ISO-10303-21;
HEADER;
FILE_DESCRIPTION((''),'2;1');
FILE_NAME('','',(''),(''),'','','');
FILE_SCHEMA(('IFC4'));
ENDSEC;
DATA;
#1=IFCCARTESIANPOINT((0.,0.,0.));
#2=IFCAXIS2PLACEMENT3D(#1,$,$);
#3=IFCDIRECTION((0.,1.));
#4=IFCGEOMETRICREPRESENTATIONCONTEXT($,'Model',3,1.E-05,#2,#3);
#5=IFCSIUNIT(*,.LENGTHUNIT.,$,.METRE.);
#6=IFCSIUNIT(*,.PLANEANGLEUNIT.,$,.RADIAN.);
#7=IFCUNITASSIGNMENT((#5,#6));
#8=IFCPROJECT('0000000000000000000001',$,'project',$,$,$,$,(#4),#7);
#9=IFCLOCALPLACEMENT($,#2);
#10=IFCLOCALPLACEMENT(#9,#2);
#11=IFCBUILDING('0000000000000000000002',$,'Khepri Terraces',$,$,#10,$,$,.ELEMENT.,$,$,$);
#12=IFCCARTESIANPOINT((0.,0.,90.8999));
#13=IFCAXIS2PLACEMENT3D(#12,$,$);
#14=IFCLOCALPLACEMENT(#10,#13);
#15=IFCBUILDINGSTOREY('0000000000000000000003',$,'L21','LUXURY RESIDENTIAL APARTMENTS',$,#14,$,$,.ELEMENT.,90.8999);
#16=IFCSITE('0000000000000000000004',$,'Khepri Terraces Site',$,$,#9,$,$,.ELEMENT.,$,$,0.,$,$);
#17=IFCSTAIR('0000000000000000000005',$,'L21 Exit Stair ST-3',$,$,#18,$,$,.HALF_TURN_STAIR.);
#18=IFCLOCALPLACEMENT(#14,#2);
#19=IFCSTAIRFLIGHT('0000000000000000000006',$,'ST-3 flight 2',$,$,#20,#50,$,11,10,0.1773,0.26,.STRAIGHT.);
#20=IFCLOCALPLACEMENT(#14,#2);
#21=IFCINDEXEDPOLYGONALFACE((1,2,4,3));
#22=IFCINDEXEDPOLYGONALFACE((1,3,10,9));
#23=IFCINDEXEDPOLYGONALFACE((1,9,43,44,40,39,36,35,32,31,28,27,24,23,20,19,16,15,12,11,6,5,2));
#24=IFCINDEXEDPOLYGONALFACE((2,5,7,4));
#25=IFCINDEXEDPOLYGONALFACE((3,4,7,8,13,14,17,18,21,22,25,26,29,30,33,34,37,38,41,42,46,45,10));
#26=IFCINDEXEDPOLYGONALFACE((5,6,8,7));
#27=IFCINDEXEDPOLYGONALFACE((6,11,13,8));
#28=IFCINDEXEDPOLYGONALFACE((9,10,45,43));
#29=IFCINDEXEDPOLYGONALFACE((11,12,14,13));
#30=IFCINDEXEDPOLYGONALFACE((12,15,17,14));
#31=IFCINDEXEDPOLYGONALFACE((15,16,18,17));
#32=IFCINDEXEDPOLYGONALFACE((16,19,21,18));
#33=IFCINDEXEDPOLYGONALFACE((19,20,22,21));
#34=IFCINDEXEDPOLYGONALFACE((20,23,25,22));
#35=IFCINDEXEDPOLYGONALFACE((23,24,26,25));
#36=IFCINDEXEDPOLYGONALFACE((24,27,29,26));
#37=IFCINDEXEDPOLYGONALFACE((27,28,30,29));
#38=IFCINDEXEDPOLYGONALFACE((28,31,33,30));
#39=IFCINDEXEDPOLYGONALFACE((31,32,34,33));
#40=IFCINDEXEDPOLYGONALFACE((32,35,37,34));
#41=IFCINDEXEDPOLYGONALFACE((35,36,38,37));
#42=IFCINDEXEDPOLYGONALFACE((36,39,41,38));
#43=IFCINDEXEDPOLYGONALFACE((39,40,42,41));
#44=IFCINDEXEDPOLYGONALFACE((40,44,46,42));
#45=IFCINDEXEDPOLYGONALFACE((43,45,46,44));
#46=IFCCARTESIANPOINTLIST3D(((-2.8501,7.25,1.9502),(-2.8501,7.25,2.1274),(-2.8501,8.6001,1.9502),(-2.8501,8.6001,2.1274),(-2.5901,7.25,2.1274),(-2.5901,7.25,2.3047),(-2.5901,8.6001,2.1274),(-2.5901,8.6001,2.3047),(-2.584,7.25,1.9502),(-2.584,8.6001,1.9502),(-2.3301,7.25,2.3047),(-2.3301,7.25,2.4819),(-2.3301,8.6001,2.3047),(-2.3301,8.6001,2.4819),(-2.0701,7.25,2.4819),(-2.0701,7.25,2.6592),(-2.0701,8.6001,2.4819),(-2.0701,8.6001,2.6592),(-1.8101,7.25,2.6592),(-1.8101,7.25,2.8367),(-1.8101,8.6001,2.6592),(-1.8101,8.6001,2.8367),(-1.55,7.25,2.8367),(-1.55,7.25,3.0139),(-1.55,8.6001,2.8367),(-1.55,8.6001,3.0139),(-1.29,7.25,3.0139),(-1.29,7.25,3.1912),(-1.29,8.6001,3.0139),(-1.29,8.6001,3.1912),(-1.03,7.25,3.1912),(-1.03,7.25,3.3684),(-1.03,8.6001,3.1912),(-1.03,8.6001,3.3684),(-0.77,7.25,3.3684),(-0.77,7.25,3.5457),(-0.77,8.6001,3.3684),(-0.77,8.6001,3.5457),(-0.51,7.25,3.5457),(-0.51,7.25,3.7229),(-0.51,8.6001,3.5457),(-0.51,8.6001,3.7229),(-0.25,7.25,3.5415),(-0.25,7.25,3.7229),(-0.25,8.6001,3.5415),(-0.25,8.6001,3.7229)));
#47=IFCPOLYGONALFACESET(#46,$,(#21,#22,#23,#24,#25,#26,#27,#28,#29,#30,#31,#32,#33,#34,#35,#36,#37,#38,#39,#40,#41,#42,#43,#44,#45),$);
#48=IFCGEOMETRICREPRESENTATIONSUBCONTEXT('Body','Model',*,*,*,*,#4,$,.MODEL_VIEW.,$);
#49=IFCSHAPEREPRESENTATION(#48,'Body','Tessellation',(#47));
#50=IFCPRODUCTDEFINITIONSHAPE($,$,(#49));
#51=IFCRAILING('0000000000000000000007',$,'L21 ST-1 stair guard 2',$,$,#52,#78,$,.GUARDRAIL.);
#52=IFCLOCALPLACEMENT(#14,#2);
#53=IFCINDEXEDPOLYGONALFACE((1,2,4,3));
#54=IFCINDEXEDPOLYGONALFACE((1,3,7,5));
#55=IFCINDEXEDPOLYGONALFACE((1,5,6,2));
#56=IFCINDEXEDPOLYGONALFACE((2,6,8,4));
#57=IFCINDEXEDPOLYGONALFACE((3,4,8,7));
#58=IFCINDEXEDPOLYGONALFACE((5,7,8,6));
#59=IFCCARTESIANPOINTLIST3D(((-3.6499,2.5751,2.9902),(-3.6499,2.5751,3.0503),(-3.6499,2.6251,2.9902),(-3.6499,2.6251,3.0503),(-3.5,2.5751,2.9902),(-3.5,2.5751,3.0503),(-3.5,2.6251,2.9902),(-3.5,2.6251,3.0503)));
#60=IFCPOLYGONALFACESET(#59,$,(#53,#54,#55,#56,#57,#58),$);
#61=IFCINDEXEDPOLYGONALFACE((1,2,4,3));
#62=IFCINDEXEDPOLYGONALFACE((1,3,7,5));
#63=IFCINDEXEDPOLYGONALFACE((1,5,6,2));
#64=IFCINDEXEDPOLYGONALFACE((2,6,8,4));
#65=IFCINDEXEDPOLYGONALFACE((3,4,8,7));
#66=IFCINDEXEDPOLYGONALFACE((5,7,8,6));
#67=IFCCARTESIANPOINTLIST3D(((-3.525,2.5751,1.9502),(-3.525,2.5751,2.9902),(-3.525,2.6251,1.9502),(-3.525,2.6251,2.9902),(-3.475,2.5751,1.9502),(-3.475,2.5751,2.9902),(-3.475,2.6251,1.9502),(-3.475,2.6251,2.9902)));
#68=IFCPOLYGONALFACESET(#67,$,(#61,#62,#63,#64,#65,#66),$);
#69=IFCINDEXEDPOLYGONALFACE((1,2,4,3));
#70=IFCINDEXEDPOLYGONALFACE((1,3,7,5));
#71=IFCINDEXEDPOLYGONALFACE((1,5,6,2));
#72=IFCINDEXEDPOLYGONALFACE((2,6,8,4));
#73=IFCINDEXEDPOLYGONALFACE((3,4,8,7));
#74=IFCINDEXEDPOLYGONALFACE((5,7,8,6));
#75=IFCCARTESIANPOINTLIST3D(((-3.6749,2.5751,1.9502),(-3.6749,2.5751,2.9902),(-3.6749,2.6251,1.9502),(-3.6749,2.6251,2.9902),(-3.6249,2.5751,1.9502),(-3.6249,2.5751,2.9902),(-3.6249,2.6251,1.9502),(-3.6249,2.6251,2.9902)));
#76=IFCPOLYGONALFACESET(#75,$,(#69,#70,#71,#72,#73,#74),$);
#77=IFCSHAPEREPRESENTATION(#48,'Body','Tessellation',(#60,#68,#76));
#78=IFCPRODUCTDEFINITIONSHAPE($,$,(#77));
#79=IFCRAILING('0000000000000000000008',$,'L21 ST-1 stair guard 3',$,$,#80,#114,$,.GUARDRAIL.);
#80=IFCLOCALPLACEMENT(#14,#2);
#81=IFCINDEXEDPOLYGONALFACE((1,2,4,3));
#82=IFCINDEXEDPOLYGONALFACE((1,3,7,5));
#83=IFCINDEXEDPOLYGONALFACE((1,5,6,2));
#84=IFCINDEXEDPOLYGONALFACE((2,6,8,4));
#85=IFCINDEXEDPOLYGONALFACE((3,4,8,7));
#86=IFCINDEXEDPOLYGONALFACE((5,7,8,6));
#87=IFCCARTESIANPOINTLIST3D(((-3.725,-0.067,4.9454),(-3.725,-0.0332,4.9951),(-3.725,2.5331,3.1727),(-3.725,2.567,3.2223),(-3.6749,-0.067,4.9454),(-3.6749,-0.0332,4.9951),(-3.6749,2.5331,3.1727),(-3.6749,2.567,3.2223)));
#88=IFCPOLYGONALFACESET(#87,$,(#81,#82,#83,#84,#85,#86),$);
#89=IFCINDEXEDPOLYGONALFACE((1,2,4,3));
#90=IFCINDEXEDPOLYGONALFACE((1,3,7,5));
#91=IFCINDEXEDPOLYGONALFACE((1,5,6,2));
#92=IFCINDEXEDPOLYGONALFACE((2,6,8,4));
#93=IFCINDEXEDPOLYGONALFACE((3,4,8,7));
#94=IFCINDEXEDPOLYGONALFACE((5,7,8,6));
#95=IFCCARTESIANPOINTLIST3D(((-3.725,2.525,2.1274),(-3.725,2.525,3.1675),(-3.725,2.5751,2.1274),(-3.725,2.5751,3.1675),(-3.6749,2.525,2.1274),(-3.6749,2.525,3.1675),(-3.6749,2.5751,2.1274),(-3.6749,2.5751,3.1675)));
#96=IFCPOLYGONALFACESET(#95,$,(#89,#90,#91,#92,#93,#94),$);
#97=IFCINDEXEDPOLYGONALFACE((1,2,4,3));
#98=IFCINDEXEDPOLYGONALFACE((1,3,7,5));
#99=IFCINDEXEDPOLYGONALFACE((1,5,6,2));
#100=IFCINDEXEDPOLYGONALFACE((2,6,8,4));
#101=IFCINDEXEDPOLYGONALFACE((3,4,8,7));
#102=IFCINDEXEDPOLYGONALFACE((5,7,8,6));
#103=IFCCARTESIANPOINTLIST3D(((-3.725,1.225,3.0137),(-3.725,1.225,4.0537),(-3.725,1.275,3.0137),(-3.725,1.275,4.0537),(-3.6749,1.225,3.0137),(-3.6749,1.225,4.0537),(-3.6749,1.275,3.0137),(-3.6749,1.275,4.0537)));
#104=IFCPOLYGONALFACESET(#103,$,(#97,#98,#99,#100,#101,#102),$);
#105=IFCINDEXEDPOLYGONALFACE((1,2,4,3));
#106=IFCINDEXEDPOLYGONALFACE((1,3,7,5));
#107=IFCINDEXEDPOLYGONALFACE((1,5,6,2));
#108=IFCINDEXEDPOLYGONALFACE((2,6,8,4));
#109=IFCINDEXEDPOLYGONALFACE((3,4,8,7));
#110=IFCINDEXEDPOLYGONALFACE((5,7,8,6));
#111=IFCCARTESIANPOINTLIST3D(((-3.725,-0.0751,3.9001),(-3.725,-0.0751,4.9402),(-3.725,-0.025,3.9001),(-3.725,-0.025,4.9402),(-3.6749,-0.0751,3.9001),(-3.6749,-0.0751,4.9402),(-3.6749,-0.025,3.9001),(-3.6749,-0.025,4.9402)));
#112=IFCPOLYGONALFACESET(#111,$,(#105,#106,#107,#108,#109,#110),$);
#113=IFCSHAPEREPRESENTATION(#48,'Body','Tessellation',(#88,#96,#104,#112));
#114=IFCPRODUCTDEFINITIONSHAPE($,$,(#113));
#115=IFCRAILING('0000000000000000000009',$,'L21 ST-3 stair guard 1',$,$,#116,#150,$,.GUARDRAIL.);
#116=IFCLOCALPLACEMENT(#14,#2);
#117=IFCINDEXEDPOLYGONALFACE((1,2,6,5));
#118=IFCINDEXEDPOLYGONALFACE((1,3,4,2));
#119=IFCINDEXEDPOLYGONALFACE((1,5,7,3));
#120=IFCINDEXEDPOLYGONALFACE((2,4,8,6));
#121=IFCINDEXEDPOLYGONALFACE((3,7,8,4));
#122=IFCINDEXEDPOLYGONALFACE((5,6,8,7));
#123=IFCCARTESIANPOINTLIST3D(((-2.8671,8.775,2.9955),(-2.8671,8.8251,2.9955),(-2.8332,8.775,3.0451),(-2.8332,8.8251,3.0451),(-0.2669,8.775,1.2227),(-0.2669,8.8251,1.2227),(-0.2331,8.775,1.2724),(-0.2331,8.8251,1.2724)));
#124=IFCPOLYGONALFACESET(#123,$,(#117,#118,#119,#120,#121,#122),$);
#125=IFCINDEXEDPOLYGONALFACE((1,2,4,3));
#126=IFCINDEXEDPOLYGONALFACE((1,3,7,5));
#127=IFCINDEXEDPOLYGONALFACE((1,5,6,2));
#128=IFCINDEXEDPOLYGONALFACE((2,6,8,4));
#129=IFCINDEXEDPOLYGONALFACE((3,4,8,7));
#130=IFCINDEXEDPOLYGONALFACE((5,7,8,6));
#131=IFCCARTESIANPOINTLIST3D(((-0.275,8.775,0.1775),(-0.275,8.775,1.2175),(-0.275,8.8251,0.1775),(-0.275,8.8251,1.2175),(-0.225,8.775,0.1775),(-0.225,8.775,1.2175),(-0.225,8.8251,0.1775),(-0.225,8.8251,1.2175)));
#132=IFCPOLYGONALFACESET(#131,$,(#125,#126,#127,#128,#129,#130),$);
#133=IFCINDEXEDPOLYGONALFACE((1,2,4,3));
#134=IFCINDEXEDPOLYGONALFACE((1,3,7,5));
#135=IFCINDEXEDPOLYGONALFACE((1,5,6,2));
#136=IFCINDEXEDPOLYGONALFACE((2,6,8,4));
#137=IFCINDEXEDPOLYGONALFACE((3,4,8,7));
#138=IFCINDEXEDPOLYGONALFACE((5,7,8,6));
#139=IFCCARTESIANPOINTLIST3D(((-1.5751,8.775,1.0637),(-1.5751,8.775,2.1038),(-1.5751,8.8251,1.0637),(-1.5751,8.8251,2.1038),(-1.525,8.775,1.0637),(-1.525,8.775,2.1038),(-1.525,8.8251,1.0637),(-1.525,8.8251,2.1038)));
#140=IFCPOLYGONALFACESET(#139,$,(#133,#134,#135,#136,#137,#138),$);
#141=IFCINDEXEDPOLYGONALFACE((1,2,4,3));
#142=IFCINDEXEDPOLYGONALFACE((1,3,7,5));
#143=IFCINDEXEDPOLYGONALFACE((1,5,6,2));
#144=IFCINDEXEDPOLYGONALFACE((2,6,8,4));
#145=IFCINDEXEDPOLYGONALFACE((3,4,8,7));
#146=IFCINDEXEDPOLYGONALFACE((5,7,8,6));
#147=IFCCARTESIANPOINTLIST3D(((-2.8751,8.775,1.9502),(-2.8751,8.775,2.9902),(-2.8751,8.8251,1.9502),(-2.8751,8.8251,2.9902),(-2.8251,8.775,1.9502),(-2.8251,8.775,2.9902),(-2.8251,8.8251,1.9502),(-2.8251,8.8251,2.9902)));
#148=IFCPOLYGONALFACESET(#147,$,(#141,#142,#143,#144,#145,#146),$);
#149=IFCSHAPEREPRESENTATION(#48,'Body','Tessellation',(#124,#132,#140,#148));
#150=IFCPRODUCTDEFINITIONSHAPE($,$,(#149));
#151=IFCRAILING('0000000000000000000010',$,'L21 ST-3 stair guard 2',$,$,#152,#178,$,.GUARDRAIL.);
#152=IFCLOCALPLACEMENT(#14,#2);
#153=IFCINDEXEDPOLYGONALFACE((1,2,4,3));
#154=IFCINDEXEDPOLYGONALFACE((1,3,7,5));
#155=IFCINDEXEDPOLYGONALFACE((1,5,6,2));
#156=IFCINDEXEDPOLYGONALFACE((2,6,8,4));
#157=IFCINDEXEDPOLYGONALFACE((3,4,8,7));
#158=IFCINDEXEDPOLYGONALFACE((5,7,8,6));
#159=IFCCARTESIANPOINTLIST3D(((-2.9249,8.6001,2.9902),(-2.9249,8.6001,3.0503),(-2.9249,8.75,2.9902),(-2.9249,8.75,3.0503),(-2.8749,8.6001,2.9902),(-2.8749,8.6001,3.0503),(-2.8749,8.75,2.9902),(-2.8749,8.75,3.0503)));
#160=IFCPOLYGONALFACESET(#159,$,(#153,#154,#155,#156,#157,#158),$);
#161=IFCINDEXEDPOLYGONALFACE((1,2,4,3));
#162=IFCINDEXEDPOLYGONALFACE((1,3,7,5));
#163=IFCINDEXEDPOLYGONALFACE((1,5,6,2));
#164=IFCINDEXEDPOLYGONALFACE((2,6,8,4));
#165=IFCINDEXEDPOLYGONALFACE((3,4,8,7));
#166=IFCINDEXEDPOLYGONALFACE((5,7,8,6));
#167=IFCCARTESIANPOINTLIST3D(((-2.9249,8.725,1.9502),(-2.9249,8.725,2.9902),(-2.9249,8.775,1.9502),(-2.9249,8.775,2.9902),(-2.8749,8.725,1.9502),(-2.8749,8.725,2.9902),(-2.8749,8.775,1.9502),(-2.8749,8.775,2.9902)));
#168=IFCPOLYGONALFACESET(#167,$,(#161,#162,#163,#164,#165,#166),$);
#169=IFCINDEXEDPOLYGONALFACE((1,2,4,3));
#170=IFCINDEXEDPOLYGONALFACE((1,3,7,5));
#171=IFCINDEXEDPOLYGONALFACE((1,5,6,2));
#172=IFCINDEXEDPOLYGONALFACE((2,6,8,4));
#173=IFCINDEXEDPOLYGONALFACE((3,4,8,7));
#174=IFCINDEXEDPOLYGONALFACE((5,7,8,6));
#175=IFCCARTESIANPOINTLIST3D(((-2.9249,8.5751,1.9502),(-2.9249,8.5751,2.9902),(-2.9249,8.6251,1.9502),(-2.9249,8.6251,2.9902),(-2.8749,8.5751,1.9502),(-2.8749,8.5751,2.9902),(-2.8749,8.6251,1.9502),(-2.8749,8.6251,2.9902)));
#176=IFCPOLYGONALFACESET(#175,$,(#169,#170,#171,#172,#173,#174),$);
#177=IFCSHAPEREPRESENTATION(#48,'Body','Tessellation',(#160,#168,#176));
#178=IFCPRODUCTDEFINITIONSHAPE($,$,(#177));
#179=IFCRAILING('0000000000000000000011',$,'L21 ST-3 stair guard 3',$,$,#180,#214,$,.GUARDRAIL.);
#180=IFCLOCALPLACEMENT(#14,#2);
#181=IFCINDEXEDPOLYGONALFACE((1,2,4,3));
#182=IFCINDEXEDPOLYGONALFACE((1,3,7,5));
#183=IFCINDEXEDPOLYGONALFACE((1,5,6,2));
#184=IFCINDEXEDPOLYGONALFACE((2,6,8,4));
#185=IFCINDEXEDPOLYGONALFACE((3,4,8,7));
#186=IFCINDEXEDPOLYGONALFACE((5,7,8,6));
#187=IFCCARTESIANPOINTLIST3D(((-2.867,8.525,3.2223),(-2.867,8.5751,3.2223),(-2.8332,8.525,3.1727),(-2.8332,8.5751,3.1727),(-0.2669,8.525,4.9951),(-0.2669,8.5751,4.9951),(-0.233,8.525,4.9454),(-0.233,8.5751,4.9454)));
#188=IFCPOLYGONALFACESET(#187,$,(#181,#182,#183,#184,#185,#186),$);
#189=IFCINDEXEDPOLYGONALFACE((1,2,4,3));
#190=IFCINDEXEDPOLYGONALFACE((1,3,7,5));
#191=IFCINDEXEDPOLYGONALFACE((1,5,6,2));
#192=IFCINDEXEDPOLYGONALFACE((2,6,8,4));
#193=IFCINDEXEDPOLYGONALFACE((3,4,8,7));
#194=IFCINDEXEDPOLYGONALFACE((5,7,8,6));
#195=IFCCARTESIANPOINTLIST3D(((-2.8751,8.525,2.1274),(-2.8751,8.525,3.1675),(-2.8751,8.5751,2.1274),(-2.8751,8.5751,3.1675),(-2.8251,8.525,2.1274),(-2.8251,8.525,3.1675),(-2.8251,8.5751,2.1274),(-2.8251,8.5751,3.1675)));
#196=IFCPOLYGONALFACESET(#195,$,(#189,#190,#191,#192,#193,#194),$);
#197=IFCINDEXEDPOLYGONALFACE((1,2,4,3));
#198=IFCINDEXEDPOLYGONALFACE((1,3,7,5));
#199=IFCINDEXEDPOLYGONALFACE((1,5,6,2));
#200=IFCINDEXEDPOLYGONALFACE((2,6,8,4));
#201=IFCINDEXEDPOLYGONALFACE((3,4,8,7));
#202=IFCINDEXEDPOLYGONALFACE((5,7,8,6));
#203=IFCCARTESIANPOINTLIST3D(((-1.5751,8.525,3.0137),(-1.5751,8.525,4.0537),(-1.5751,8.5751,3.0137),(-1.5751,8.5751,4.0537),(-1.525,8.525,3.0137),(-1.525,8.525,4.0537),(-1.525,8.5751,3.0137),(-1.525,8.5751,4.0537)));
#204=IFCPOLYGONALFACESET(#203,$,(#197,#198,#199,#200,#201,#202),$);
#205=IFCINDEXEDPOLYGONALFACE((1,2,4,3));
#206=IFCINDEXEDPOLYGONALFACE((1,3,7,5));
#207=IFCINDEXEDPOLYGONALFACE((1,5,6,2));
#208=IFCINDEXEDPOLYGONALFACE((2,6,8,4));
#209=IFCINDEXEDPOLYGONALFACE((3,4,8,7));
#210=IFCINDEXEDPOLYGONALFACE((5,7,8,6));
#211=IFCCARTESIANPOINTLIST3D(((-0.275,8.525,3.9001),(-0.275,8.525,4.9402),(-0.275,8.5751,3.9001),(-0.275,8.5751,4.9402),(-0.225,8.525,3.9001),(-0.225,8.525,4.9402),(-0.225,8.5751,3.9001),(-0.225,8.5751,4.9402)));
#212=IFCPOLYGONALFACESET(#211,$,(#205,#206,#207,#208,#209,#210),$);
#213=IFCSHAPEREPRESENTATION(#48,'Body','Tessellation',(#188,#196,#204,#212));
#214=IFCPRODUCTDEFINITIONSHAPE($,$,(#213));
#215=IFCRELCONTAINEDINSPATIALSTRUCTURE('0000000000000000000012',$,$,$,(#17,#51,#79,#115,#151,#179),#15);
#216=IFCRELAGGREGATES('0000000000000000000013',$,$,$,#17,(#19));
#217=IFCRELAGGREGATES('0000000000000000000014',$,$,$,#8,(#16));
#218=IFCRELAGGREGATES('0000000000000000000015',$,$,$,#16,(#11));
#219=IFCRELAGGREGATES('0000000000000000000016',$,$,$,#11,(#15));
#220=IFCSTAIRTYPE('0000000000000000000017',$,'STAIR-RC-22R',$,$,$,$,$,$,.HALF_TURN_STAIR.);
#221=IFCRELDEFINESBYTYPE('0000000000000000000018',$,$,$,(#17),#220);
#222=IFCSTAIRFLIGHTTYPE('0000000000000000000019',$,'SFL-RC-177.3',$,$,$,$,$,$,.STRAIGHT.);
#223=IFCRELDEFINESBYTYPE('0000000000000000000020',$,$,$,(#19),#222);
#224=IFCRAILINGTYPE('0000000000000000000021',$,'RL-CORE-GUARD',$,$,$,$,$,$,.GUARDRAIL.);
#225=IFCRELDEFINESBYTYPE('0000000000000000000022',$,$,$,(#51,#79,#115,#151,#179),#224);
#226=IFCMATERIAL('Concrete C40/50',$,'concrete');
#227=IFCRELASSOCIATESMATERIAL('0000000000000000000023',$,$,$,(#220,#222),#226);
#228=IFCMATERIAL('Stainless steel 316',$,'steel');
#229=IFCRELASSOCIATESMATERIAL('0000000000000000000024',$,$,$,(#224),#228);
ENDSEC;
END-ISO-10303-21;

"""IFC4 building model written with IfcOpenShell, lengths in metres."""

from ifc_helpers import new_model, si_unit, direction, frame, origin, origin_2d, place, context, subcontext, project, spatial, polyline, rectangle, outline, extrude, material, type_object, element, aggregate, save


model = new_model("IFC4")

# Units and contexts
model_context = context("Model", 3, precision=1e-05, world=origin(), true_north=direction((0.0, 1.0)))
body_context = subcontext(model_context, "Body", "Model", "MODEL_VIEW")
ifc_project = project(units=[si_unit("LENGTHUNIT", "METRE"), si_unit("PLANEANGLEUNIT", "RADIAN")], contexts=[model_context])

# Site, building, storey
site_placement = place(None, origin())
site = spatial("IfcSite", under=ifc_project, at=site_placement, Name="Khepri Terraces Site", CompositionType="ELEMENT", RefElevation=0.0)
building_placement = place(site_placement, origin())
building = spatial("IfcBuilding", under=site, at=building_placement, Name="Khepri Terraces", CompositionType="ELEMENT")
storey_placement = place(building_placement, frame((0.0, 0.0, 90.8999)))
storey = spatial("IfcBuildingStorey", under=building, at=storey_placement, Name="L21", Description="LUXURY RESIDENTIAL APARTMENTS", CompositionType="ELEMENT", Elevation=90.8999)

# Stair, stair flight
ifc_material_1 = material(Name="Concrete C40/50", Category="concrete")
stair_type = type_object("IfcStairType", Name="STAIR-RC-22R", PredefinedType="HALF_TURN_STAIR", material=ifc_material_1)
stair_flight_type = type_object("IfcStairFlightType", Name="SFL-RC-177.3", PredefinedType="STRAIGHT", material=ifc_material_1)
stair_1_placement = place(storey_placement, origin())
stair_1 = element("IfcStair", 1, at=stair_1_placement, inside=storey, type_object=stair_type, Name="L21 Exit Stair ST-3", PredefinedType="HALF_TURN_STAIR")
stair_flight_1_placement = place(storey_placement, frame((-2.8501, 7.925, 1.9502), z_axis=(0.0, 0.0, 1.0), x_axis=(1.0, 0.0, 0.0)))
stair_flight_1 = element("IfcStairFlight", 2, at=stair_flight_1_placement, type_object=stair_flight_type, Name="ST-3 flight 2", NumberOfRisers=11, NumberOfTreads=10, PredefinedType="STRAIGHT", RiserHeight=0.1773, TreadLength=0.26, context=body_context, shape_type="SweptSolid", body=[
    extrude(outline(polyline([(0.0, 0.0), (0.0, 0.1772), (0.26, 0.1772), (0.26, 0.3545), (0.52, 0.3545), (0.52, 0.5317), (0.78, 0.5317), (0.78, 0.709), (1.04, 0.709), (1.04, 0.8865), (1.3, 0.8865), (1.3, 1.0637), (1.5601, 1.0637), (1.5601, 1.241), (1.8201, 1.241), (1.8201, 1.4182), (2.0801, 1.4182), (2.0801, 1.5955), (2.3401, 1.5955), (2.3401, 1.7727), (2.6001, 1.7727), (2.6001, 1.95), (2.6001, 1.5913), (0.2661, 0.0), (0.0, 0.0)])), frame((0.0, 0.675, 0.0), z_axis=(0.0, -1.0, 0.0), x_axis=(1.0, 0.0, 0.0)), (0.0, 0.0, 1.0), 1.3501),
])
aggregate(stair_1, [stair_flight_1])

# Railings
ifc_material_2 = material(Name="Stainless steel 316", Category="steel")
railing_type_1 = type_object("IfcRailingType", Name="RL-CORE-GUARD", PredefinedType="GUARDRAIL", material=ifc_material_2)
railing_1_placement = place(storey_placement, frame((-3.5, 2.6001, 1.9502)))
element("IfcRailing", 3, at=railing_1_placement, inside=storey, type_object=railing_type_1, Name="L21 ST-1 stair guard 2", PredefinedType="GUARDRAIL", context=body_context, shape_type="SweptSolid", body=[
    extrude(rectangle(XDim=0.05, YDim=0.0601, at=origin_2d()), frame((0.0, 0.0, 1.0701), z_axis=(-1.0, 0.0, 0.0), x_axis=(0.0, -1.0, 0.0)), (0.0, 0.0, 1.0), 0.1499),
    extrude(rectangle(XDim=0.05, YDim=0.05, at=origin_2d()), origin(), (0.0, 0.0, 1.0), 1.04),
    extrude(rectangle(XDim=0.05, YDim=0.05, at=origin_2d()), frame((-0.1499, 0.0, 0.0)), (0.0, 0.0, 1.0), 1.04),
])
railing_2_placement = place(storey_placement, frame((-3.7, 2.55, 2.1274)))
element("IfcRailing", 4, at=railing_2_placement, inside=storey, type_object=railing_type_1, Name="L21 ST-1 stair guard 3", PredefinedType="GUARDRAIL", context=body_context, shape_type="SweptSolid", body=[
    extrude(rectangle(XDim=0.05, YDim=0.0601, at=origin_2d()), frame((0.0, 0.0, 1.0701), z_axis=(0.0, -0.82624, 0.563318), x_axis=(1.0, 0.0, 0.0)), (0.0, 0.0, 1.0), 3.147),
    extrude(rectangle(XDim=0.05, YDim=0.05, at=origin_2d()), origin(), (0.0, 0.0, 1.0), 1.04),
    extrude(rectangle(XDim=0.05, YDim=0.05, at=origin_2d()), frame((0.0, -1.3, 0.8862)), (0.0, 0.0, 1.0), 1.04),
    extrude(rectangle(XDim=0.05, YDim=0.05, at=origin_2d()), frame((0.0, -2.6001, 1.7727)), (0.0, 0.0, 1.0), 1.04),
])
railing_3_placement = place(storey_placement, frame((-0.25, 8.8, 0.1775)))
element("IfcRailing", 5, at=railing_3_placement, inside=storey, type_object=railing_type_1, Name="L21 ST-3 stair guard 1", PredefinedType="GUARDRAIL", context=body_context, shape_type="SweptSolid", body=[
    extrude(rectangle(XDim=0.05, YDim=0.0601, at=origin_2d()), frame((0.0, 0.0, 1.0701), z_axis=(-0.82624, 0.0, 0.563318), x_axis=(0.0, -1.0, 0.0)), (0.0, 0.0, 1.0), 3.147),
    extrude(rectangle(XDim=0.05, YDim=0.05, at=origin_2d()), origin(), (0.0, 0.0, 1.0), 1.04),
    extrude(rectangle(XDim=0.05, YDim=0.05, at=origin_2d()), frame((-1.3, 0.0, 0.8862)), (0.0, 0.0, 1.0), 1.04),
    extrude(rectangle(XDim=0.05, YDim=0.05, at=origin_2d()), frame((-2.6001, 0.0, 1.7727)), (0.0, 0.0, 1.0), 1.04),
])
railing_4_placement = place(storey_placement, frame((-2.8999, 8.75, 1.9502)))
element("IfcRailing", 6, at=railing_4_placement, inside=storey, type_object=railing_type_1, Name="L21 ST-3 stair guard 2", PredefinedType="GUARDRAIL", context=body_context, shape_type="SweptSolid", body=[
    extrude(rectangle(XDim=0.05, YDim=0.0601, at=origin_2d()), frame((0.0, 0.0, 1.0701), z_axis=(0.0, -1.0, 0.0), x_axis=(1.0, 0.0, 0.0)), (0.0, 0.0, 1.0), 0.1499),
    extrude(rectangle(XDim=0.05, YDim=0.05, at=origin_2d()), origin(), (0.0, 0.0, 1.0), 1.04),
    extrude(rectangle(XDim=0.05, YDim=0.05, at=origin_2d()), frame((0.0, -0.1499, 0.0)), (0.0, 0.0, 1.0), 1.04),
])
railing_5_placement = place(storey_placement, frame((-2.8501, 8.55, 2.1274)))
element("IfcRailing", 7, at=railing_5_placement, inside=storey, type_object=railing_type_1, Name="L21 ST-3 stair guard 3", PredefinedType="GUARDRAIL", context=body_context, shape_type="SweptSolid", body=[
    extrude(rectangle(XDim=0.05, YDim=0.0601, at=origin_2d()), frame((0.0, 0.0, 1.0701), z_axis=(0.82624, 0.0, 0.563318), x_axis=(0.0, 1.0, 0.0)), (0.0, 0.0, 1.0), 3.147),
    extrude(rectangle(XDim=0.05, YDim=0.05, at=origin_2d()), origin(), (0.0, 0.0, 1.0), 1.04),
    extrude(rectangle(XDim=0.05, YDim=0.05, at=origin_2d()), frame((1.3, 0.0, 0.8862)), (0.0, 0.0, 1.0), 1.04),
    extrude(rectangle(XDim=0.05, YDim=0.05, at=origin_2d()), frame((2.6001, 0.0, 1.7727)), (0.0, 0.0, 1.0), 1.04),
])

save(model, "model.ifc")
